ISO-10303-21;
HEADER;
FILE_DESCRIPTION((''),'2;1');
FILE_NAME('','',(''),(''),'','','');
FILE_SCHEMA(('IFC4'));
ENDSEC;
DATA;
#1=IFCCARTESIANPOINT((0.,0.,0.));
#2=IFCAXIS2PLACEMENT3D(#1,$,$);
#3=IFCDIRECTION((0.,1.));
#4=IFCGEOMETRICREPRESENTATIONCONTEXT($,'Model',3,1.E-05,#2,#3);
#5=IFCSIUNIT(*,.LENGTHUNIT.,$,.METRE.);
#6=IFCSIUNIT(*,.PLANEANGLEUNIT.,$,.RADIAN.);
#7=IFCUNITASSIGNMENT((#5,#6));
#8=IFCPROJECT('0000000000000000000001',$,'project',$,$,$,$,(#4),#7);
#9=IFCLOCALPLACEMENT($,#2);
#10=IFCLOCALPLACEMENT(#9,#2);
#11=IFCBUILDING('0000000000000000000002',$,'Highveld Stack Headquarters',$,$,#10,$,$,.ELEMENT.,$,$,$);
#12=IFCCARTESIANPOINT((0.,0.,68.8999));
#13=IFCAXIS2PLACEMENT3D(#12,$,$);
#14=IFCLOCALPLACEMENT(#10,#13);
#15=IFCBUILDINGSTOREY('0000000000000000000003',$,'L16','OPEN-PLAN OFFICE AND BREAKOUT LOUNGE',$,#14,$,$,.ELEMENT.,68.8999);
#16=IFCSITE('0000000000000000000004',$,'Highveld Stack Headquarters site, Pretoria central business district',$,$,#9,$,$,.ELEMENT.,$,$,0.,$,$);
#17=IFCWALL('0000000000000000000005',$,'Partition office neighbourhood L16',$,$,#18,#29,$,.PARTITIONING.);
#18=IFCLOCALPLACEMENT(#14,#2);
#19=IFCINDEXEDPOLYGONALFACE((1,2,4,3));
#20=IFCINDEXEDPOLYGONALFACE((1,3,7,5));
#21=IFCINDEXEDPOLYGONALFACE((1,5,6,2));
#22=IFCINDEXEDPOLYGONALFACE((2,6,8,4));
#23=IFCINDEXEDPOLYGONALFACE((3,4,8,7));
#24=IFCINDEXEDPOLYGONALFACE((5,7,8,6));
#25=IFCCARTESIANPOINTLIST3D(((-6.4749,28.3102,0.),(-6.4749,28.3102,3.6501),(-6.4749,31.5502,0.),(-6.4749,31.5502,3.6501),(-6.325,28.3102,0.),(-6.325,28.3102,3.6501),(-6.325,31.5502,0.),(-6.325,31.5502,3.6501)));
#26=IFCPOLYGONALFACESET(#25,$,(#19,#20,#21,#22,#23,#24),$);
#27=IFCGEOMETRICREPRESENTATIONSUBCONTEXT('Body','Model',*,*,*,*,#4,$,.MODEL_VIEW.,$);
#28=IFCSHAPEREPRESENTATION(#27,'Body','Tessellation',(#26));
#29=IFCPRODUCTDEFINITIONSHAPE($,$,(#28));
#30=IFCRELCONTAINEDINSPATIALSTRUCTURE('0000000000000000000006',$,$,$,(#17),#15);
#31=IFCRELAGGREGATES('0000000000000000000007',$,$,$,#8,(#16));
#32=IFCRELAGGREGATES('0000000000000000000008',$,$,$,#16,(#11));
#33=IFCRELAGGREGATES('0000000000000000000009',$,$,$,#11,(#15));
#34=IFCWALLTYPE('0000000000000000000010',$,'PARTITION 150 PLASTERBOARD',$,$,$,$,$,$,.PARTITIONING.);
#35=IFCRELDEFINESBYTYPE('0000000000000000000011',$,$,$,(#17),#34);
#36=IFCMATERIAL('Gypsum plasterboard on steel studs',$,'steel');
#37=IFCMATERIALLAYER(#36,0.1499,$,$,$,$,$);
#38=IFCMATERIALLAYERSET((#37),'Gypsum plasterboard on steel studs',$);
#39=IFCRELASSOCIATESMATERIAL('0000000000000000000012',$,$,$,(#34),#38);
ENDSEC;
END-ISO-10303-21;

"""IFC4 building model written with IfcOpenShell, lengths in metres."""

from ifc_helpers import new_model, si_unit, direction, frame, frame_2d, origin, place, context, subcontext, project, spatial, rectangle, extrude, material, layer, layer_set, type_object, element, save


model = new_model("IFC4")

# Units and contexts
model_context = context("Model", 3, precision=1e-05, world=origin(), true_north=direction((0.0, 1.0)))
body_context = subcontext(model_context, "Body", "Model", "MODEL_VIEW")
ifc_project = project(units=[si_unit("LENGTHUNIT", "METRE"), si_unit("PLANEANGLEUNIT", "RADIAN")], contexts=[model_context])

# Site, building, storey
site_placement = place(None, origin())
site = spatial("IfcSite", under=ifc_project, at=site_placement, Name="Highveld Stack Headquarters site, Pretoria central business district", CompositionType="ELEMENT", RefElevation=0.0)
building_placement = place(site_placement, origin())
building = spatial("IfcBuilding", under=site, at=building_placement, Name="Highveld Stack Headquarters", CompositionType="ELEMENT")
storey_placement = place(building_placement, frame((0.0, 0.0, 68.8999)))
storey = spatial("IfcBuildingStorey", under=building, at=storey_placement, Name="L16", Description="OPEN-PLAN OFFICE AND BREAKOUT LOUNGE", CompositionType="ELEMENT", Elevation=68.8999)

# Wall
ifc_material_1 = material(Name="Gypsum plasterboard on steel studs", Category="steel")
ifc_layer_1 = layer(ifc_material_1, 0.1499)
ifc_layer_set_1 = layer_set([ifc_layer_1], Name="Gypsum plasterboard on steel studs")
wall_type = type_object("IfcWallType", Name="PARTITION 150 PLASTERBOARD", PredefinedType="PARTITIONING", material=ifc_layer_set_1)
wall_1_placement = place(storey_placement, frame((-6.3999, 28.3101, 0.0), z_axis=(0.0, 0.0, 1.0), x_axis=(0.0, 1.0, 0.0)))
element("IfcWall", 1, at=wall_1_placement, inside=storey, type_object=wall_type, Name="Partition office neighbourhood L16", PredefinedType="PARTITIONING", context=body_context, shape_type="SweptSolid", body=[
    extrude(rectangle(XDim=3.24, YDim=0.1499, at=frame_2d((1.6201, 0.0))), origin(), (0.0, 0.0, 1.0), 3.6501),
])

save(model, "model.ifc")
